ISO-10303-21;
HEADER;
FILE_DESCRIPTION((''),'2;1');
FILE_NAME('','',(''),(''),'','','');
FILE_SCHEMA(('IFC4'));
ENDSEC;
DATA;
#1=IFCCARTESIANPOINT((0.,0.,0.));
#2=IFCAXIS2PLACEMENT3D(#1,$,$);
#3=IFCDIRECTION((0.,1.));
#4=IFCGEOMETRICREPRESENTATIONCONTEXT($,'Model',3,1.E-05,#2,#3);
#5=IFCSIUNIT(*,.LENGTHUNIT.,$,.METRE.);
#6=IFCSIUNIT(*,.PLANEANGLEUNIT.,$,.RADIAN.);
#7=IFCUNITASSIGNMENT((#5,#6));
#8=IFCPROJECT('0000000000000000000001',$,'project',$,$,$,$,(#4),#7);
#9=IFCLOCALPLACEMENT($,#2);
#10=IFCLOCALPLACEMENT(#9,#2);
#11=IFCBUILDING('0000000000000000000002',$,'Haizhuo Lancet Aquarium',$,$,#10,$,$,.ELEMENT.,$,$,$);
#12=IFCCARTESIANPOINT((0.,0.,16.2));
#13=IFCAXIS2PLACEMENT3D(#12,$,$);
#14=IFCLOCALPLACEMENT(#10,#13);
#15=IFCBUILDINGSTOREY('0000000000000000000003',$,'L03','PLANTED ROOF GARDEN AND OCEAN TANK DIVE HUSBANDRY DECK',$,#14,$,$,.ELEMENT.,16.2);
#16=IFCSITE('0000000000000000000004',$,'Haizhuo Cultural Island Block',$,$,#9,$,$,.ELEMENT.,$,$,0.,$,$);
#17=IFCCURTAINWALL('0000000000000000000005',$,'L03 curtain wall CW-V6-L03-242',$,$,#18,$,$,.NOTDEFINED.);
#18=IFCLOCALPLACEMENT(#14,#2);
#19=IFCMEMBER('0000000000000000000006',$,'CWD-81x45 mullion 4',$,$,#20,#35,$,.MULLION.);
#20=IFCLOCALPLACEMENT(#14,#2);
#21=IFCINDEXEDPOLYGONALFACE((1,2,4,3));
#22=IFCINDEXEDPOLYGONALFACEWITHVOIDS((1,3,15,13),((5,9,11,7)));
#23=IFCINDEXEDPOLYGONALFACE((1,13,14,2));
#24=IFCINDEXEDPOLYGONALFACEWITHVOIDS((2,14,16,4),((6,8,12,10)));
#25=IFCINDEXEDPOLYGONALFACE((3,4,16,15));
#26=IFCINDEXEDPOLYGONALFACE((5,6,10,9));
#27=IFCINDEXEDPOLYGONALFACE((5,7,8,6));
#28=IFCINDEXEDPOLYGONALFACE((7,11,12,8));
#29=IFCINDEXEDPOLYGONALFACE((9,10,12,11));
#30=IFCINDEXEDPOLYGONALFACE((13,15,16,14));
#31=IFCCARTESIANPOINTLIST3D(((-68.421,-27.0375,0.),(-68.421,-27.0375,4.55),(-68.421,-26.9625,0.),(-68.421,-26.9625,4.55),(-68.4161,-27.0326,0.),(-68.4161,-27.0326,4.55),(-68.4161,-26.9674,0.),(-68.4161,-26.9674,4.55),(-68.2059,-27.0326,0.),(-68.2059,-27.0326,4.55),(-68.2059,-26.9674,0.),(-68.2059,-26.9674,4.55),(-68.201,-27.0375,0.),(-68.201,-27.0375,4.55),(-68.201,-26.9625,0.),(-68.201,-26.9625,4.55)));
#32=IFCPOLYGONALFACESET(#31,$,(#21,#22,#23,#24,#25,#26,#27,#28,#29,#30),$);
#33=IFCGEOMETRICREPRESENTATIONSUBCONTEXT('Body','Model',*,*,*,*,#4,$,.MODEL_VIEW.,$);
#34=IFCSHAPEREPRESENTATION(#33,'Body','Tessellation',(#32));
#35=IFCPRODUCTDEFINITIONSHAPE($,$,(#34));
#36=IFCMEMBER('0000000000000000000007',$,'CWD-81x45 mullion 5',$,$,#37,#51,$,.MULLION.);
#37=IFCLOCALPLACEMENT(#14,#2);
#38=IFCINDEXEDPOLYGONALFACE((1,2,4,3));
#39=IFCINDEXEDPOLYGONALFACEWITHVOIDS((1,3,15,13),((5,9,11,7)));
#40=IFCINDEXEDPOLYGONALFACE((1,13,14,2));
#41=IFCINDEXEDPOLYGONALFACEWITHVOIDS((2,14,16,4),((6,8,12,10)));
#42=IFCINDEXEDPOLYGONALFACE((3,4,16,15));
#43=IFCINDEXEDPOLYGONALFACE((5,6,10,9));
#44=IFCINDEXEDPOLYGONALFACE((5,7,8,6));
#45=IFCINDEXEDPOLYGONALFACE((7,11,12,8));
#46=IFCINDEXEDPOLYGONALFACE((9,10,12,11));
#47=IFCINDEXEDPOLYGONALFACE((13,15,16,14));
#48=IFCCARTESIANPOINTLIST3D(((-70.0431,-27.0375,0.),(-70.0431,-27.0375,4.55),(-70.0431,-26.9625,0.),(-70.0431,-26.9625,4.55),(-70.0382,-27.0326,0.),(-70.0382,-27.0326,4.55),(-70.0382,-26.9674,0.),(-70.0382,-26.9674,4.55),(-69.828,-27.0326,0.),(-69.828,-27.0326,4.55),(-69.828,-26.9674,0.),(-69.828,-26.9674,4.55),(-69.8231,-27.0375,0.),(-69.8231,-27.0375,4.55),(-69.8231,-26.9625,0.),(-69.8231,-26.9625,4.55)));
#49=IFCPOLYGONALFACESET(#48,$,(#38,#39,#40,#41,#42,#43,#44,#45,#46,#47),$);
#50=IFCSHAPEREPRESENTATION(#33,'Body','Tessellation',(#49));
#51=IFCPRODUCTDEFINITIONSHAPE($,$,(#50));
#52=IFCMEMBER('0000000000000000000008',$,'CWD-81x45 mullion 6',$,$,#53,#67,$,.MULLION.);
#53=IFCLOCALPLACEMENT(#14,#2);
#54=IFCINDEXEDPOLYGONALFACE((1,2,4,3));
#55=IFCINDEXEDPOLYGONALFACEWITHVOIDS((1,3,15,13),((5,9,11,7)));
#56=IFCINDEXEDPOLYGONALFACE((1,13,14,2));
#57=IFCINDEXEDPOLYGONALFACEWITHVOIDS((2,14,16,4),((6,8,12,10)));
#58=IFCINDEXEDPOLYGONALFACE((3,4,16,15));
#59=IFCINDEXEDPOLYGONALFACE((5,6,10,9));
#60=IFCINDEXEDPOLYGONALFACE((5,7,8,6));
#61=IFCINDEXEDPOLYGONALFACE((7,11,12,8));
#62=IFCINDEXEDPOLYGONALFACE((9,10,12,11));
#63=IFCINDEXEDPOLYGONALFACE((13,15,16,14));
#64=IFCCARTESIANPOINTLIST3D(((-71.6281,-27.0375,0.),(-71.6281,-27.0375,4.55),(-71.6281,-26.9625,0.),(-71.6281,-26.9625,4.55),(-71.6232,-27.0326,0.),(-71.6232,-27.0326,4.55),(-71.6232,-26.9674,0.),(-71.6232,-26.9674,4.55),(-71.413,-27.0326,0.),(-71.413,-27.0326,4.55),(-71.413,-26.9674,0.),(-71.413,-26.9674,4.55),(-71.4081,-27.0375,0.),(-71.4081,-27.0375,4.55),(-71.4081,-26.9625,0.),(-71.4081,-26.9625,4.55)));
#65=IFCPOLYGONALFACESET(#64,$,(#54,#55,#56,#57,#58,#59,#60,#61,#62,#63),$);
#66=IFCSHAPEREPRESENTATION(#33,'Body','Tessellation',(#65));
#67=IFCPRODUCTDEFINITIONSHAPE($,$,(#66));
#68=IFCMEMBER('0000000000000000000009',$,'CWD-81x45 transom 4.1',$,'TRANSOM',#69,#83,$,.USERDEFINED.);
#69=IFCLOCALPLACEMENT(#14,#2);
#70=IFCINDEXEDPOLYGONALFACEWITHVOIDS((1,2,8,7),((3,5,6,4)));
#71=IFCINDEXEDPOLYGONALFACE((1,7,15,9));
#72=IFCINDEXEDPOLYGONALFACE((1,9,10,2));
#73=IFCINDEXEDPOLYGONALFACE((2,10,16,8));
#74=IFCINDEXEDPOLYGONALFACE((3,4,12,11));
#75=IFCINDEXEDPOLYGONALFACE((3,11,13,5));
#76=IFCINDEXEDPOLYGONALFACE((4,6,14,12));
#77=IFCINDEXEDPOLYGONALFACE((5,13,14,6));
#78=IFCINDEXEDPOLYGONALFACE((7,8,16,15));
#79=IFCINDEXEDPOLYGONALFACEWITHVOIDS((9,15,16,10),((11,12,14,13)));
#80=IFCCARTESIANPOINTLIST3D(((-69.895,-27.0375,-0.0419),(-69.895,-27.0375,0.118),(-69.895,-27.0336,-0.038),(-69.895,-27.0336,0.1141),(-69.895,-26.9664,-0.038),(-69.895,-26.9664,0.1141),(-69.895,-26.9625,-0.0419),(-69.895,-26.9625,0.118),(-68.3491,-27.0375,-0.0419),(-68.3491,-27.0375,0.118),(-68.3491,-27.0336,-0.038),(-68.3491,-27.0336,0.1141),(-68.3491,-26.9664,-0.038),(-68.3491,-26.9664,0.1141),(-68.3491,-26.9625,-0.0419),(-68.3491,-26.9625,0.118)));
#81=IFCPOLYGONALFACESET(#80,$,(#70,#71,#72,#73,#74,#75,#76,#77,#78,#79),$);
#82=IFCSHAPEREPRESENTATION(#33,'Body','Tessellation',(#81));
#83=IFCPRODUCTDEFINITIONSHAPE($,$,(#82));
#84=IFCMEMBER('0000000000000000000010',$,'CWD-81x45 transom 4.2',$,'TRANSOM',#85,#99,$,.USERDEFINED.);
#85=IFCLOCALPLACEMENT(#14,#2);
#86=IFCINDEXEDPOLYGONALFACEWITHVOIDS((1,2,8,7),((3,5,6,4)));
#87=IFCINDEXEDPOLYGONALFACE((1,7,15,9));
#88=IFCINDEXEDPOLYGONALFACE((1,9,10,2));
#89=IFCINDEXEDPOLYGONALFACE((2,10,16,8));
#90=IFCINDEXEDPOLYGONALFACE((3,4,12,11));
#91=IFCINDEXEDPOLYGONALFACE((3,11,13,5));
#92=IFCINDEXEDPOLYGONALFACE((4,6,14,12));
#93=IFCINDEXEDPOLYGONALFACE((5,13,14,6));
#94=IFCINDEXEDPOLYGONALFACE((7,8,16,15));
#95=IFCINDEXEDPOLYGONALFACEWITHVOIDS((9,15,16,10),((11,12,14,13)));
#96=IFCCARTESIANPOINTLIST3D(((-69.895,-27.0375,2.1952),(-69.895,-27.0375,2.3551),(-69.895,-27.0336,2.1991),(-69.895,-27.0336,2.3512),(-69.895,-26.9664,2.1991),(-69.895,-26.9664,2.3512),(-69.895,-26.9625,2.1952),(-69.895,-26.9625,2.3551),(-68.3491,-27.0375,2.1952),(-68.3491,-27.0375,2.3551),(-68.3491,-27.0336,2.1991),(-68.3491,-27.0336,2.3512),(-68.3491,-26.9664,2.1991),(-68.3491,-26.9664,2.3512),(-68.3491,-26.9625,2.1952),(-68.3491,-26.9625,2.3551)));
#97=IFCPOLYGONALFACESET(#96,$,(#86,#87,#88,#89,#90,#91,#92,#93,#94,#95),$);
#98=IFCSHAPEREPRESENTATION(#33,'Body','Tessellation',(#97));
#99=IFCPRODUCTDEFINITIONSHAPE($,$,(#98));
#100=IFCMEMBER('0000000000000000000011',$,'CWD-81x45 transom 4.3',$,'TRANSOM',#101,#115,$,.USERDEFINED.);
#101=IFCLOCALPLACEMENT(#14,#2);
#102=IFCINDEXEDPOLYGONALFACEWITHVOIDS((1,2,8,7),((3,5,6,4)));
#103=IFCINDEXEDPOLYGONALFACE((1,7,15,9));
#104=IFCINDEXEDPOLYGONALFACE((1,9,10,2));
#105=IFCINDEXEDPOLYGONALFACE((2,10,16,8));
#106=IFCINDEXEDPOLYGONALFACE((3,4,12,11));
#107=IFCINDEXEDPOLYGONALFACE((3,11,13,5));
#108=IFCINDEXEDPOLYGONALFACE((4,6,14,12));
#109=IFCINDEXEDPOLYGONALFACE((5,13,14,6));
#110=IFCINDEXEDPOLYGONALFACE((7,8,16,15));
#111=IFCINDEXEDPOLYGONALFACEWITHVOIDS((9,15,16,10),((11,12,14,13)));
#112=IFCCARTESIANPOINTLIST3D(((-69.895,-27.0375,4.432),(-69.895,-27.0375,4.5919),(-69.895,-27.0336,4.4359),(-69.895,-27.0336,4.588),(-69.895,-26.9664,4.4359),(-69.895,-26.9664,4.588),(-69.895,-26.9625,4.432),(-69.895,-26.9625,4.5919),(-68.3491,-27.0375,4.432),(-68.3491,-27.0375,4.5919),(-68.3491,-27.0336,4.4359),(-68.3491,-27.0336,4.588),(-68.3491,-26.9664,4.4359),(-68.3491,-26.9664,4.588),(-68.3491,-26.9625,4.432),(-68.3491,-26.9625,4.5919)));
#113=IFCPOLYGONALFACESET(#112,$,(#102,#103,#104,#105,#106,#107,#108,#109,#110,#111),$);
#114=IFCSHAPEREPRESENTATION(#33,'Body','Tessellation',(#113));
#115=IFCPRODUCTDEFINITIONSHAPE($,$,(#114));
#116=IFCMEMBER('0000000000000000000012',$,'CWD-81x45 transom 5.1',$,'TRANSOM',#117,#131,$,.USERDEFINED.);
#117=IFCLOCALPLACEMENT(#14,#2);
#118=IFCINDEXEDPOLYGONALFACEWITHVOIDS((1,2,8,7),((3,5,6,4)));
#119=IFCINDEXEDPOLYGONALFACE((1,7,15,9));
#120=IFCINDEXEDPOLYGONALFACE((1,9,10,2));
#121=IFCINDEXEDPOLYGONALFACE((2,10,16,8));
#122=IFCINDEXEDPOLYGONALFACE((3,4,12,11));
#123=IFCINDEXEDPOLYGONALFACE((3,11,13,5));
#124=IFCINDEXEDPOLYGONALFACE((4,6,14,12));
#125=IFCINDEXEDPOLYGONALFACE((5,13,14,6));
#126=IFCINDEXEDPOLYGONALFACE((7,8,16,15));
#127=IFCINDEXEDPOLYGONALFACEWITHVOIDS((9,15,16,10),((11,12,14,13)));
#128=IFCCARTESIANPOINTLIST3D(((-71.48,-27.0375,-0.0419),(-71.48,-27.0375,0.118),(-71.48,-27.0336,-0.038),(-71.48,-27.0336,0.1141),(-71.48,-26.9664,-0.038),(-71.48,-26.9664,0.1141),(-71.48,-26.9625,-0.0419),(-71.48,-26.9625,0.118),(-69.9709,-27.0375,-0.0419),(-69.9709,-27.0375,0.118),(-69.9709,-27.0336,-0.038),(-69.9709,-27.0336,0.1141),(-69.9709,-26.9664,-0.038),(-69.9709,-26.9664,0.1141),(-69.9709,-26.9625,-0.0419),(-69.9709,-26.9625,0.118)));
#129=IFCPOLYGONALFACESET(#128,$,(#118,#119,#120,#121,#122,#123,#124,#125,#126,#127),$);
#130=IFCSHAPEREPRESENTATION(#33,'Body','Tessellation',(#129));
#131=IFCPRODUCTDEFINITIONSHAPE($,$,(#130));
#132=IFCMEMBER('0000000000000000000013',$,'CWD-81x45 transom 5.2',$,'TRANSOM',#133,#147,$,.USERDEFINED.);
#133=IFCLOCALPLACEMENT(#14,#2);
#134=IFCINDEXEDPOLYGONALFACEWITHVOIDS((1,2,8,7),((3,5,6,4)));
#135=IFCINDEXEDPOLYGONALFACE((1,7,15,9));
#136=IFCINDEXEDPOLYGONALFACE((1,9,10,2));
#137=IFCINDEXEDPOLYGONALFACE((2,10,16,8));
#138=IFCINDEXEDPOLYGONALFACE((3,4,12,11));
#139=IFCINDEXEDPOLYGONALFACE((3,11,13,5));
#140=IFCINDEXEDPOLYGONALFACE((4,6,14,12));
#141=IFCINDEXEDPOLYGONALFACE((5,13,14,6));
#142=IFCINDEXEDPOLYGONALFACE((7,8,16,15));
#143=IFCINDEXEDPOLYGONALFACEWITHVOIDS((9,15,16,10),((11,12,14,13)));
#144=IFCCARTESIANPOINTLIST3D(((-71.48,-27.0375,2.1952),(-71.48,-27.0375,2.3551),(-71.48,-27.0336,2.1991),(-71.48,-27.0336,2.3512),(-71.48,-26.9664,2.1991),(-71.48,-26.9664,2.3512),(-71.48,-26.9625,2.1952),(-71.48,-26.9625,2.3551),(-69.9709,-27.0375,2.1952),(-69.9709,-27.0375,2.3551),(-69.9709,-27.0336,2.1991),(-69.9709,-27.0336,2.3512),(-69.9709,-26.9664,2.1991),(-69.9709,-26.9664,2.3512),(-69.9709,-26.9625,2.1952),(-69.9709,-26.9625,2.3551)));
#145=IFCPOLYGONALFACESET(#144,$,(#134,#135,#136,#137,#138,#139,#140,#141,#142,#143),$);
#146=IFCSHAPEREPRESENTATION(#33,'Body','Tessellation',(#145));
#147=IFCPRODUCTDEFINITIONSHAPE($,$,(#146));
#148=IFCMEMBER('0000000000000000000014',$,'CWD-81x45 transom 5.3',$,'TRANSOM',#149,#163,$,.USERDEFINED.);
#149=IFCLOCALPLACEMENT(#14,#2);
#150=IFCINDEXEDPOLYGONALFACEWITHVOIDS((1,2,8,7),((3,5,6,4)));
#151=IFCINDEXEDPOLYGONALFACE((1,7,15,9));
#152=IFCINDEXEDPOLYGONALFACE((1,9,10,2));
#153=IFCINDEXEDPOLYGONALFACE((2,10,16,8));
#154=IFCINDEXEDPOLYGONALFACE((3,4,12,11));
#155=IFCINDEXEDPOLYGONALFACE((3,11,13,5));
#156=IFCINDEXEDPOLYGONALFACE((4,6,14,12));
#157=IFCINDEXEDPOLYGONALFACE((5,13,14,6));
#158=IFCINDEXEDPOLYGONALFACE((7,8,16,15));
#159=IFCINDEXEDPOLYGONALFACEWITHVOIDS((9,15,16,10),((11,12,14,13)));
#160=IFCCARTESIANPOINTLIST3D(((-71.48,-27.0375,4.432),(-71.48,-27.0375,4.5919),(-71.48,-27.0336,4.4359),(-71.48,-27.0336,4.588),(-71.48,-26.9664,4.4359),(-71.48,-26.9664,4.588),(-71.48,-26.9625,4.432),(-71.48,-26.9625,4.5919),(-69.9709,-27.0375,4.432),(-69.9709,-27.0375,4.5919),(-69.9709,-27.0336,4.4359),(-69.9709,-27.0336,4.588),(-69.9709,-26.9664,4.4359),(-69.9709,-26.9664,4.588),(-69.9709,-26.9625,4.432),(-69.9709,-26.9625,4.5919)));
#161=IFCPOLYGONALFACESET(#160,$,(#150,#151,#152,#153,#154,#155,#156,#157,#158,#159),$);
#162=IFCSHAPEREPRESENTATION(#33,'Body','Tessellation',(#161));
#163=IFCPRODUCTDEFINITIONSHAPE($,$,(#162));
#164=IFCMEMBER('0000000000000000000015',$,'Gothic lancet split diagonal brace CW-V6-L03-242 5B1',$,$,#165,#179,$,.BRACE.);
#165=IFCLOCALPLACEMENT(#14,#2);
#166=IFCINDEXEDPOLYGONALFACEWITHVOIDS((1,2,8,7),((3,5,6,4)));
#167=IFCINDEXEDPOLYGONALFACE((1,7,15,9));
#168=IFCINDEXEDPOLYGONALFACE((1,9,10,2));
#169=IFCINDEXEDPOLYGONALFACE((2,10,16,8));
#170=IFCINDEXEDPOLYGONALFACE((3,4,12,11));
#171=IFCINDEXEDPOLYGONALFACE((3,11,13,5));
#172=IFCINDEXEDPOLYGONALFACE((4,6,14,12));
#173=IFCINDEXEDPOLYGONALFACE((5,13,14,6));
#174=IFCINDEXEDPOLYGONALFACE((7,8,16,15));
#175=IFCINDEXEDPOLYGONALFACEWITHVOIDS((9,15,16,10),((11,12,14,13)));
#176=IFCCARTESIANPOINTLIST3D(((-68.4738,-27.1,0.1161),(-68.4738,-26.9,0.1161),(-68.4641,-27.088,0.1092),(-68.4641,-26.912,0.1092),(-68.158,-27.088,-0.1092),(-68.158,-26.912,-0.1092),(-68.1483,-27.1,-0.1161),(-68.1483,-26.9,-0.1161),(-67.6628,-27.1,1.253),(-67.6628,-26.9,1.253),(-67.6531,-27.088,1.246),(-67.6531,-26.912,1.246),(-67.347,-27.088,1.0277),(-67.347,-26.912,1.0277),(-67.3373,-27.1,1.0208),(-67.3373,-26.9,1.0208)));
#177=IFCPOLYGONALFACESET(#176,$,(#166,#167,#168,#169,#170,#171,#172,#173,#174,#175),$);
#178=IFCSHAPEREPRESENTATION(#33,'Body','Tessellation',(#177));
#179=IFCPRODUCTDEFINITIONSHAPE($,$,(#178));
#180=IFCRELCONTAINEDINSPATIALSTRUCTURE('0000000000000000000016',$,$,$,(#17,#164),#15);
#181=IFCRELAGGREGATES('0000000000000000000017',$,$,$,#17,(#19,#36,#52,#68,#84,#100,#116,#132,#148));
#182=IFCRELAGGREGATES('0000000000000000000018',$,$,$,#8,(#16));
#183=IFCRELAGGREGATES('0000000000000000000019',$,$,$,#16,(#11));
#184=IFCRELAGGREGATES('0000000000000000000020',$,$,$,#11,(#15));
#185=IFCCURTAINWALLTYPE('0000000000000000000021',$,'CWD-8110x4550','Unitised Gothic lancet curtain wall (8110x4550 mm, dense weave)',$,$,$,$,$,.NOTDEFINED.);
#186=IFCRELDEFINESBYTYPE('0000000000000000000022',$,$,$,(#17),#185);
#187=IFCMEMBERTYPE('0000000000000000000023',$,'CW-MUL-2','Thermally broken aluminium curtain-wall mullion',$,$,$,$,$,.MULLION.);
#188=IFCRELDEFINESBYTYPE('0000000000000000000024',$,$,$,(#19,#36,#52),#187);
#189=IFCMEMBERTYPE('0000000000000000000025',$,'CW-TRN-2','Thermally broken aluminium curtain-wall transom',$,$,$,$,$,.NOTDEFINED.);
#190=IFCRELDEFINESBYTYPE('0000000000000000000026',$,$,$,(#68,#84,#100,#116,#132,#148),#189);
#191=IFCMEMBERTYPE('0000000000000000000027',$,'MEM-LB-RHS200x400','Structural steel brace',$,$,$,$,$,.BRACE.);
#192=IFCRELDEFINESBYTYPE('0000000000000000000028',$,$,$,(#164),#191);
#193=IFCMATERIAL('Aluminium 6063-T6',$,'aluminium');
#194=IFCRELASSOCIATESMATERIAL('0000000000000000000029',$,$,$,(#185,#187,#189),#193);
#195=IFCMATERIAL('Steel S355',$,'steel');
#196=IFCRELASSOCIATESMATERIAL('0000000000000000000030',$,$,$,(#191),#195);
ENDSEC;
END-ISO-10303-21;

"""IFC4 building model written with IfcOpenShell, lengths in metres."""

from ifc_helpers import new_model, si_unit, direction, frame, origin, origin_2d, place, context, subcontext, project, spatial, hollow_rectangle, extrude, material, material_profile, profile_set, type_object, element, aggregate, save


model = new_model("IFC4")

# Units and contexts
model_context = context("Model", 3, precision=1e-05, world=origin(), true_north=direction((0.0, 1.0)))
body_context = subcontext(model_context, "Body", "Model", "MODEL_VIEW")
ifc_project = project(units=[si_unit("LENGTHUNIT", "METRE"), si_unit("PLANEANGLEUNIT", "RADIAN")], contexts=[model_context])

# Site, building, storey
site_placement = place(None, origin())
site = spatial("IfcSite", under=ifc_project, at=site_placement, Name="Haizhuo Cultural Island Block", CompositionType="ELEMENT", RefElevation=0.0)
building_placement = place(site_placement, origin())
building = spatial("IfcBuilding", under=site, at=building_placement, Name="Haizhuo Lancet Aquarium", CompositionType="ELEMENT")
storey_placement = place(building_placement, frame((0.0, 0.0, 16.2)))
storey = spatial("IfcBuildingStorey", under=building, at=storey_placement, Name="L03", Description="PLANTED ROOF GARDEN AND OCEAN TANK DIVE HUSBANDRY DECK", CompositionType="ELEMENT", Elevation=16.2)

# Curtain wall, members
ifc_material_1 = material(Name="Aluminium 6063-T6", Category="aluminium")
curtain_wall_type = type_object("IfcCurtainWallType", Name="CWD-8110x4550", Description="Unitised Gothic lancet curtain wall (8110x4550 mm, dense weave)", PredefinedType="NOTDEFINED", material=ifc_material_1)
curtain_wall_placement = place(storey_placement, origin())
curtain_wall = element("IfcCurtainWall", 1, at=curtain_wall_placement, inside=storey, type_object=curtain_wall_type, Name="L03 curtain wall CW-V6-L03-242", PredefinedType="NOTDEFINED")
ifc_material_profile_1 = material_profile(ifc_material_1, hollow_rectangle(XDim=0.075, YDim=0.22, WallThickness=0.0049, at=origin_2d()), Name="ALU-M 75x220x5")
ifc_profile_set_1 = profile_set([ifc_material_profile_1], Name="Aluminium 6063-T6")
member_type_1 = type_object("IfcMemberType", Name="CW-MUL-2", Description="Thermally broken aluminium curtain-wall mullion", PredefinedType="MULLION", material=ifc_profile_set_1)
member_1_placement = place(storey_placement, frame((-68.311, -27.0, 0.0), z_axis=(0.0, 0.0, 1.0), x_axis=(0.0, -1.0, 0.0)))
member_1 = element("IfcMember", 2, at=member_1_placement, type_object=member_type_1, Name="CWD-81x45 mullion 4", PredefinedType="MULLION", context=body_context, shape_type="SweptSolid", body=[
    extrude(hollow_rectangle(XDim=0.075, YDim=0.22, WallThickness=0.0049, at=origin_2d()), origin(), (0.0, 0.0, 1.0), 4.55),
])
member_2_placement = place(storey_placement, frame((-69.9331, -27.0, 0.0), z_axis=(0.0, 0.0, 1.0), x_axis=(0.0, -1.0, 0.0)))
member_2 = element("IfcMember", 3, at=member_2_placement, type_object=member_type_1, Name="CWD-81x45 mullion 5", PredefinedType="MULLION", context=body_context, shape_type="SweptSolid", body=[
    extrude(hollow_rectangle(XDim=0.075, YDim=0.22, WallThickness=0.0049, at=origin_2d()), origin(), (0.0, 0.0, 1.0), 4.55),
])
member_3_placement = place(storey_placement, frame((-71.5181, -27.0, 0.0), z_axis=(0.0, 0.0, 1.0), x_axis=(0.0, -1.0, 0.0)))
member_3 = element("IfcMember", 4, at=member_3_placement, type_object=member_type_1, Name="CWD-81x45 mullion 6", PredefinedType="MULLION", context=body_context, shape_type="SweptSolid", body=[
    extrude(hollow_rectangle(XDim=0.075, YDim=0.22, WallThickness=0.0049, at=origin_2d()), origin(), (0.0, 0.0, 1.0), 4.55),
])
ifc_material_profile_2 = material_profile(ifc_material_1, hollow_rectangle(XDim=0.075, YDim=0.1599, WallThickness=0.0039, at=origin_2d()), Name="ALU-T 75x160x4")
ifc_profile_set_2 = profile_set([ifc_material_profile_2], Name="Aluminium 6063-T6")
member_type_2 = type_object("IfcMemberType", Name="CW-TRN-2", Description="Thermally broken aluminium curtain-wall transom", PredefinedType="NOTDEFINED", material=ifc_profile_set_2)
member_4_placement = place(storey_placement, frame((-68.3491, -27.0, 0.0381), z_axis=(-1.0, 0.0, 0.0), x_axis=(0.0, -1.0, 0.0)))
member_4 = element("IfcMember", 5, at=member_4_placement, type_object=member_type_2, Name="CWD-81x45 transom 4.1", ObjectType="TRANSOM", PredefinedType="USERDEFINED", context=body_context, shape_type="SweptSolid", body=[
    extrude(hollow_rectangle(XDim=0.075, YDim=0.1599, WallThickness=0.0039, at=origin_2d()), origin(), (0.0, 0.0, 1.0), 1.5459),
])
member_5_placement = place(storey_placement, frame((-68.3491, -27.0, 2.2751), z_axis=(-1.0, 0.0, 0.0), x_axis=(0.0, -1.0, 0.0)))
member_5 = element("IfcMember", 6, at=member_5_placement, type_object=member_type_2, Name="CWD-81x45 transom 4.2", ObjectType="TRANSOM", PredefinedType="USERDEFINED", context=body_context, shape_type="SweptSolid", body=[
    extrude(hollow_rectangle(XDim=0.075, YDim=0.1599, WallThickness=0.0039, at=origin_2d()), origin(), (0.0, 0.0, 1.0), 1.5459),
])
member_6_placement = place(storey_placement, frame((-68.3491, -27.0, 4.512), z_axis=(-1.0, 0.0, 0.0), x_axis=(0.0, -1.0, 0.0)))
member_6 = element("IfcMember", 7, at=member_6_placement, type_object=member_type_2, Name="CWD-81x45 transom 4.3", ObjectType="TRANSOM", PredefinedType="USERDEFINED", context=body_context, shape_type="SweptSolid", body=[
    extrude(hollow_rectangle(XDim=0.075, YDim=0.1599, WallThickness=0.0039, at=origin_2d()), origin(), (0.0, 0.0, 1.0), 1.5459),
])
member_7_placement = place(storey_placement, frame((-69.9709, -27.0, 0.0381), z_axis=(-1.0, 0.0, 0.0), x_axis=(0.0, -1.0, 0.0)))
member_7 = element("IfcMember", 8, at=member_7_placement, type_object=member_type_2, Name="CWD-81x45 transom 5.1", ObjectType="TRANSOM", PredefinedType="USERDEFINED", context=body_context, shape_type="SweptSolid", body=[
    extrude(hollow_rectangle(XDim=0.075, YDim=0.1599, WallThickness=0.0039, at=origin_2d()), origin(), (0.0, 0.0, 1.0), 1.509),
])
member_8_placement = place(storey_placement, frame((-69.9709, -27.0, 2.2751), z_axis=(-1.0, 0.0, 0.0), x_axis=(0.0, -1.0, 0.0)))
member_8 = element("IfcMember", 9, at=member_8_placement, type_object=member_type_2, Name="CWD-81x45 transom 5.2", ObjectType="TRANSOM", PredefinedType="USERDEFINED", context=body_context, shape_type="SweptSolid", body=[
    extrude(hollow_rectangle(XDim=0.075, YDim=0.1599, WallThickness=0.0039, at=origin_2d()), origin(), (0.0, 0.0, 1.0), 1.509),
])
member_9_placement = place(storey_placement, frame((-69.9709, -27.0, 4.512), z_axis=(-1.0, 0.0, 0.0), x_axis=(0.0, -1.0, 0.0)))
member_9 = element("IfcMember", 10, at=member_9_placement, type_object=member_type_2, Name="CWD-81x45 transom 5.3", ObjectType="TRANSOM", PredefinedType="USERDEFINED", context=body_context, shape_type="SweptSolid", body=[
    extrude(hollow_rectangle(XDim=0.075, YDim=0.1599, WallThickness=0.0039, at=origin_2d()), origin(), (0.0, 0.0, 1.0), 1.509),
])

# Member
ifc_material_2 = material(Name="Steel S355", Category="steel")
ifc_material_profile_3 = material_profile(ifc_material_2, hollow_rectangle(XDim=0.2, YDim=0.3999, WallThickness=0.012, at=origin_2d()), Name="RHS 200x400x12")
ifc_profile_set_3 = profile_set([ifc_material_profile_3], Name="Steel S355")
member_type_3 = type_object("IfcMemberType", Name="MEM-LB-RHS200x400", Description="Structural steel brace", PredefinedType="BRACE", material=ifc_profile_set_3)
member_10_placement = place(storey_placement, frame((-68.311, -27.0, 0.0), z_axis=(0.580725, 0.0, 0.814099), x_axis=(0.0, 1.0, 0.0)))
element("IfcMember", 11, at=member_10_placement, inside=storey, type_object=member_type_3, Name="Gothic lancet split diagonal brace CW-V6-L03-242 5B1", PredefinedType="BRACE", context=body_context, shape_type="SweptSolid", body=[
    extrude(hollow_rectangle(XDim=0.2, YDim=0.3999, WallThickness=0.012, at=origin_2d()), origin(), (0.0, 0.0, 1.0), 1.3965),
])

aggregate(curtain_wall, [member_1, member_2, member_3, member_4, member_5, member_6, member_7, member_8, member_9])

save(model, "model.ifc")
